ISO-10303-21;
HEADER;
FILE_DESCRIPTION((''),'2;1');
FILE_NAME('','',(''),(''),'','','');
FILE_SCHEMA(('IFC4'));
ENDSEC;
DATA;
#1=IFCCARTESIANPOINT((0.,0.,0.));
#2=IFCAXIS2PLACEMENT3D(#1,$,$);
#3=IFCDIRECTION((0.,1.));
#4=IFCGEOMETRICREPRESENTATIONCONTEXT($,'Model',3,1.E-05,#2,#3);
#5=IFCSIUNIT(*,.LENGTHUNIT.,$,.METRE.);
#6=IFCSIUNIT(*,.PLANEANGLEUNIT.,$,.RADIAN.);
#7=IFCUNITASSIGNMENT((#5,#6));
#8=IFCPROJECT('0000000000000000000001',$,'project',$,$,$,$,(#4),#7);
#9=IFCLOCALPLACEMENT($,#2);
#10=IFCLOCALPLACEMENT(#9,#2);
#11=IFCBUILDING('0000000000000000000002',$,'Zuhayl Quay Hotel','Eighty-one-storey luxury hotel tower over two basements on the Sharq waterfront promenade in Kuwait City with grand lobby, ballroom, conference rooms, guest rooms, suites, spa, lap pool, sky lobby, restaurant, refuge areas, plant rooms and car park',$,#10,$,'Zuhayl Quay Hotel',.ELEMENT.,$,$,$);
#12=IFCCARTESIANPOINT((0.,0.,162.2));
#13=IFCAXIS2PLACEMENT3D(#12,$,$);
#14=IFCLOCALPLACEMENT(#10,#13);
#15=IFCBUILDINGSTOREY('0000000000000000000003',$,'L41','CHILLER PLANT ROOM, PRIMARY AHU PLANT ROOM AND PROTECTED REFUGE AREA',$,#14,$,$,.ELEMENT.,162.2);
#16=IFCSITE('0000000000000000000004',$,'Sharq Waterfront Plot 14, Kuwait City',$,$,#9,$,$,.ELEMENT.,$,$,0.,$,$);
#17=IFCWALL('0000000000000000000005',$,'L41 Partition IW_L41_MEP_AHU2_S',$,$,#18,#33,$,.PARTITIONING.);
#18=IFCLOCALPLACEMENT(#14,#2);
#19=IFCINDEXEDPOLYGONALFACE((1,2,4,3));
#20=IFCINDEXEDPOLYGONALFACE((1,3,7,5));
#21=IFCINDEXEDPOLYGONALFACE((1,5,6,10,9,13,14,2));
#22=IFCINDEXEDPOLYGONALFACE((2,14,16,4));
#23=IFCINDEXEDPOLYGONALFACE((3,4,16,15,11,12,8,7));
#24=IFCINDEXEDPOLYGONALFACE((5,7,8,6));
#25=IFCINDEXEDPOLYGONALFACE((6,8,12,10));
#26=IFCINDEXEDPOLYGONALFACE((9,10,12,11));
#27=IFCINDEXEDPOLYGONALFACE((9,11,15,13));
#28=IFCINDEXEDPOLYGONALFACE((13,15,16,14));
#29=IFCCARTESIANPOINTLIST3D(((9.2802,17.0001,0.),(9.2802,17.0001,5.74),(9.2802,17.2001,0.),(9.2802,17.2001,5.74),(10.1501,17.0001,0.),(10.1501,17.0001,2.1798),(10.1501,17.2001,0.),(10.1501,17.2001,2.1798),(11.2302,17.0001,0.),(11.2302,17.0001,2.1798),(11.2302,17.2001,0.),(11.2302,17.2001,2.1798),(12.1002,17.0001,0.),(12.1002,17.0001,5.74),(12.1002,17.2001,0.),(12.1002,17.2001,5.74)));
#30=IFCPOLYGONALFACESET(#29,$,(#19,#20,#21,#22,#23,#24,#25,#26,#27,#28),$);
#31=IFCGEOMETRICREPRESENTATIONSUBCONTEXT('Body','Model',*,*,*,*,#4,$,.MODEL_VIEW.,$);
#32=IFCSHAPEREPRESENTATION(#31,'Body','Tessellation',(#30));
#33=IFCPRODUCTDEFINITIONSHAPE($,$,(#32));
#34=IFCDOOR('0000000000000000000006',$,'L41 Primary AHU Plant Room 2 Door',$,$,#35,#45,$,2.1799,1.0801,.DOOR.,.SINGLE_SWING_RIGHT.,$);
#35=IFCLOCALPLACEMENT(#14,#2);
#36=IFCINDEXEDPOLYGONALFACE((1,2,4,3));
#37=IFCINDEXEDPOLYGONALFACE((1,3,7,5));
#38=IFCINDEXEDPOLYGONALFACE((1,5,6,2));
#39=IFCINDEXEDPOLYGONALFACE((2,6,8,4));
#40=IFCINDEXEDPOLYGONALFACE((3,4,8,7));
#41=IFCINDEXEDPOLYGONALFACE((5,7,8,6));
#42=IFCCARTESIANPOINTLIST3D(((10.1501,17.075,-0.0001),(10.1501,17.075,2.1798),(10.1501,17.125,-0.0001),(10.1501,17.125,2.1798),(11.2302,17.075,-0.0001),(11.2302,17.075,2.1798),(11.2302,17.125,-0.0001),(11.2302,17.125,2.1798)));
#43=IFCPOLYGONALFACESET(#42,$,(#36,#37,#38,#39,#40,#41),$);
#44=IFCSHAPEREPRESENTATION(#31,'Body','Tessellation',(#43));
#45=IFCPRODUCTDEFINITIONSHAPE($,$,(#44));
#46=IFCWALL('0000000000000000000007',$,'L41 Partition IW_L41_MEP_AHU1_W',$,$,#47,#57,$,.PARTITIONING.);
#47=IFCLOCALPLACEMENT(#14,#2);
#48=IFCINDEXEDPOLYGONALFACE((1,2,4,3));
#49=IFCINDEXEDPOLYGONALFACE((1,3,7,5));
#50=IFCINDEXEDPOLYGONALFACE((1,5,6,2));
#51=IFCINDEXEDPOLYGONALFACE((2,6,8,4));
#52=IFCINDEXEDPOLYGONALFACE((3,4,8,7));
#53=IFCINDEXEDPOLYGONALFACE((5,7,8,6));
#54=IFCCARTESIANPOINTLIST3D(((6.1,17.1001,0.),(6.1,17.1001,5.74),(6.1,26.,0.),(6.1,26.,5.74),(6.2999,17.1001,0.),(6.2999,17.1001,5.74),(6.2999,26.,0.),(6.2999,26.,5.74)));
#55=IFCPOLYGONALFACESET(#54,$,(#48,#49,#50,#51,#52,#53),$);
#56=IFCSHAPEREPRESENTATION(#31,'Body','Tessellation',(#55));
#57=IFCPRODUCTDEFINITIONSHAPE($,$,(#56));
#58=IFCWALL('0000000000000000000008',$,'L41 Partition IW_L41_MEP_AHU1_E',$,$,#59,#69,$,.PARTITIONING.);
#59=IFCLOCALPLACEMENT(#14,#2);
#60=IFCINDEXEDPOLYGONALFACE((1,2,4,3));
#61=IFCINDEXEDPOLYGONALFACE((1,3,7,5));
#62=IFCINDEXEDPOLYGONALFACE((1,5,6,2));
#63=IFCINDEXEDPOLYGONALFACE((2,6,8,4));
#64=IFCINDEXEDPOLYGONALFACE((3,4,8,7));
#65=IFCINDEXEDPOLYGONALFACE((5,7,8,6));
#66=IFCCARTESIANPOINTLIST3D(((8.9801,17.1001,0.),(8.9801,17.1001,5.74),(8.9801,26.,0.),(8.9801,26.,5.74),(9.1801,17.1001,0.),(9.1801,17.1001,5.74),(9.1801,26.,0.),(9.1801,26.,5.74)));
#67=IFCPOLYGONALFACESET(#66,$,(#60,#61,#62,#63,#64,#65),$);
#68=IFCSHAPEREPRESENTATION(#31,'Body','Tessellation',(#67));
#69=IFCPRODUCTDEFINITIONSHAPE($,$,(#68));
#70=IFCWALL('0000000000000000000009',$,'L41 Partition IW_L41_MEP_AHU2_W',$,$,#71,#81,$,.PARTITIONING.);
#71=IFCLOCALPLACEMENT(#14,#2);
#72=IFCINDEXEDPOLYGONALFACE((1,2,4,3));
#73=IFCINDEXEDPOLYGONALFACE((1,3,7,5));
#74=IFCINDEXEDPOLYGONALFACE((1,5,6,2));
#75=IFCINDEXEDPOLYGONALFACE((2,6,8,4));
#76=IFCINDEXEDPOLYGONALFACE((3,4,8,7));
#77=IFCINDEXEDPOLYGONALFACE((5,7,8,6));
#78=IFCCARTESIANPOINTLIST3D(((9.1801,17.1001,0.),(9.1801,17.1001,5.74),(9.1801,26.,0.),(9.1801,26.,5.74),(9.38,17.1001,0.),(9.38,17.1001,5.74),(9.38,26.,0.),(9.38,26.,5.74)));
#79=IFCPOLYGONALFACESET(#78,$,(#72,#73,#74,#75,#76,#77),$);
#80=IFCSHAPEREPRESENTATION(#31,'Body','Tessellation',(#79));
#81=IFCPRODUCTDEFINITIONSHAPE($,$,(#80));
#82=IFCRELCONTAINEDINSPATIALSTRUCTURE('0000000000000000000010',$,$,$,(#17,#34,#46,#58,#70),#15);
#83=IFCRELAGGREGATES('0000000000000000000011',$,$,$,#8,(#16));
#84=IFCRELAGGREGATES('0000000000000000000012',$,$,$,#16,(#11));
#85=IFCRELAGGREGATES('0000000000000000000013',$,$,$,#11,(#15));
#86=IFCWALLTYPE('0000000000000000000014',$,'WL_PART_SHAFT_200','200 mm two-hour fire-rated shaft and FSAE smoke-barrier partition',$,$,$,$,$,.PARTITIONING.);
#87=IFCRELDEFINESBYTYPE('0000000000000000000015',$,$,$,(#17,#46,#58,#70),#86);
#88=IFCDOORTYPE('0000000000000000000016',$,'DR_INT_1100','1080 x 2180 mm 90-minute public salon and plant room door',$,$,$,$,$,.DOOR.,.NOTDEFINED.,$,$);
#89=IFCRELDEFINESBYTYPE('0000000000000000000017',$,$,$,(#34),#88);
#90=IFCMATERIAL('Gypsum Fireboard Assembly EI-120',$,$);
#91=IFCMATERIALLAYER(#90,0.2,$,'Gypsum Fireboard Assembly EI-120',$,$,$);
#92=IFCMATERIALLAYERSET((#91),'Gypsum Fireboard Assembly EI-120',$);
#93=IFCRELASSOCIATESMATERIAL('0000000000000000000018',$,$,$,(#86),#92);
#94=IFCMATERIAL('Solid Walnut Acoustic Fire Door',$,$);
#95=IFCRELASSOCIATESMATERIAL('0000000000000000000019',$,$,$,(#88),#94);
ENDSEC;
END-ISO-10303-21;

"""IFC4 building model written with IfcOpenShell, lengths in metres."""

from ifc_helpers import new_model, si_unit, direction, frame, frame_2d, origin, place, context, subcontext, project, spatial, rectangle, extrude, material, layer, layer_set, type_object, element, fill, save


model = new_model("IFC4")

# Units and contexts
model_context = context("Model", 3, precision=1e-05, world=origin(), true_north=direction((0.0, 1.0)))
body_context = subcontext(model_context, "Body", "Model", "MODEL_VIEW")
ifc_project = project(units=[si_unit("LENGTHUNIT", "METRE"), si_unit("PLANEANGLEUNIT", "RADIAN")], contexts=[model_context])

# Site, building, storey
site_placement = place(None, origin())
site = spatial("IfcSite", under=ifc_project, at=site_placement, Name="Sharq Waterfront Plot 14, Kuwait City", CompositionType="ELEMENT", RefElevation=0.0)
building_placement = place(site_placement, origin())
building = spatial("IfcBuilding", under=site, at=building_placement, Name="Zuhayl Quay Hotel", Description="Eighty-one-storey luxury hotel tower over two basements on the Sharq waterfront promenade in Kuwait City with grand lobby, ballroom, conference rooms, guest rooms, suites, spa, lap pool, sky lobby, restaurant, refuge areas, plant rooms and car park", LongName="Zuhayl Quay Hotel", CompositionType="ELEMENT")
storey_placement = place(building_placement, frame((0.0, 0.0, 162.2)))
storey = spatial("IfcBuildingStorey", under=building, at=storey_placement, Name="L41", Description="CHILLER PLANT ROOM, PRIMARY AHU PLANT ROOM AND PROTECTED REFUGE AREA", CompositionType="ELEMENT", Elevation=162.2)

# Wall, opening, door
ifc_material_1 = material(Name="Gypsum Fireboard Assembly EI-120")
ifc_layer_1 = layer(ifc_material_1, 0.2, Name="Gypsum Fireboard Assembly EI-120")
ifc_layer_set_1 = layer_set([ifc_layer_1], Name="Gypsum Fireboard Assembly EI-120")
wall_type = type_object("IfcWallType", Name="WL_PART_SHAFT_200", Description="200 mm two-hour fire-rated shaft and FSAE smoke-barrier partition", PredefinedType="PARTITIONING", material=ifc_layer_set_1)
wall_1_placement = place(storey_placement, frame((9.28, 17.1001, 0.0), z_axis=(0.0, 0.0, 1.0), x_axis=(1.0, 0.0, 0.0)))
wall_1 = element("IfcWall", 1, at=wall_1_placement, inside=storey, type_object=wall_type, Name="L41 Partition IW_L41_MEP_AHU2_S", PredefinedType="PARTITIONING", context=body_context, shape_type="SweptSolid", body=[
    extrude(rectangle(XDim=2.8201, YDim=0.2, at=frame_2d((1.4102, 0.0))), origin(), (0.0, 0.0, 1.0), 5.74),
])
opening_placement = place(wall_1_placement, frame((0.8701, 0.0, 0.0)))
opening = element("IfcOpeningElement", 2, at=opening_placement, cuts=wall_1, PredefinedType="OPENING", context=body_context, shape_type="SweptSolid", body=[
    extrude(rectangle(XDim=1.0801, YDim=2.1799, at=frame_2d((0.54, 1.0898))), frame((0.0, 0.1099, 0.0), z_axis=(0.0, -1.0, 0.0), x_axis=(1.0, 0.0, 0.0)), (0.0, 0.0, 1.0), 0.22),
])
ifc_material_2 = material(Name="Solid Walnut Acoustic Fire Door")
door_type = type_object("IfcDoorType", Name="DR_INT_1100", Description="1080 x 2180 mm 90-minute public salon and plant room door", OperationType="NOTDEFINED", PredefinedType="DOOR", material=ifc_material_2)
door_placement = place(opening_placement, origin())
door = element("IfcDoor", 3, at=door_placement, inside=storey, type_object=door_type, Name="L41 Primary AHU Plant Room 2 Door", OperationType="SINGLE_SWING_RIGHT", OverallHeight=2.1799, OverallWidth=1.0801, PredefinedType="DOOR", context=body_context, shape_type="SweptSolid", body=[
    extrude(rectangle(XDim=1.0801, YDim=2.1799, at=frame_2d((0.54, 1.0898))), frame((0.0, 0.0249, 0.0), z_axis=(0.0, -1.0, 0.0), x_axis=(1.0, 0.0, 0.0)), (0.0, 0.0, 1.0), 0.05),
])
fill(opening, door)

# Walls
for number, where, z_axis, x_axis, name in (
    (4, (6.2, 17.1001, 0.0), (0.0, 0.0, 1.0), (0.0, 1.0, 0.0), "L41 Partition IW_L41_MEP_AHU1_W"),
    (5, (9.0801, 17.1001, 0.0), (0.0, 0.0, 1.0), (0.0, 1.0, 0.0), "L41 Partition IW_L41_MEP_AHU1_E"),
):
    element("IfcWall", number, at=place(storey_placement, frame(where, z_axis=z_axis, x_axis=x_axis)), inside=storey, type_object=wall_type, Name=name, PredefinedType="PARTITIONING", context=body_context, shape_type="SweptSolid", body=[
        extrude(rectangle(XDim=8.8999, YDim=0.2, at=frame_2d((4.45, 0.0))), origin(), (0.0, 0.0, 1.0), 5.74),
    ])
wall_2_placement = place(storey_placement, frame((9.28, 17.1001, 0.0), z_axis=(0.0, 0.0, 1.0), x_axis=(0.0, 1.0, 0.0)))
element("IfcWall", 6, at=wall_2_placement, inside=storey, type_object=wall_type, Name="L41 Partition IW_L41_MEP_AHU2_W", PredefinedType="PARTITIONING", context=body_context, shape_type="SweptSolid", body=[
    extrude(rectangle(XDim=8.8999, YDim=0.2, at=frame_2d((4.45, 0.0))), origin(), (0.0, 0.0, 1.0), 5.74),
])

save(model, "model.ifc")
